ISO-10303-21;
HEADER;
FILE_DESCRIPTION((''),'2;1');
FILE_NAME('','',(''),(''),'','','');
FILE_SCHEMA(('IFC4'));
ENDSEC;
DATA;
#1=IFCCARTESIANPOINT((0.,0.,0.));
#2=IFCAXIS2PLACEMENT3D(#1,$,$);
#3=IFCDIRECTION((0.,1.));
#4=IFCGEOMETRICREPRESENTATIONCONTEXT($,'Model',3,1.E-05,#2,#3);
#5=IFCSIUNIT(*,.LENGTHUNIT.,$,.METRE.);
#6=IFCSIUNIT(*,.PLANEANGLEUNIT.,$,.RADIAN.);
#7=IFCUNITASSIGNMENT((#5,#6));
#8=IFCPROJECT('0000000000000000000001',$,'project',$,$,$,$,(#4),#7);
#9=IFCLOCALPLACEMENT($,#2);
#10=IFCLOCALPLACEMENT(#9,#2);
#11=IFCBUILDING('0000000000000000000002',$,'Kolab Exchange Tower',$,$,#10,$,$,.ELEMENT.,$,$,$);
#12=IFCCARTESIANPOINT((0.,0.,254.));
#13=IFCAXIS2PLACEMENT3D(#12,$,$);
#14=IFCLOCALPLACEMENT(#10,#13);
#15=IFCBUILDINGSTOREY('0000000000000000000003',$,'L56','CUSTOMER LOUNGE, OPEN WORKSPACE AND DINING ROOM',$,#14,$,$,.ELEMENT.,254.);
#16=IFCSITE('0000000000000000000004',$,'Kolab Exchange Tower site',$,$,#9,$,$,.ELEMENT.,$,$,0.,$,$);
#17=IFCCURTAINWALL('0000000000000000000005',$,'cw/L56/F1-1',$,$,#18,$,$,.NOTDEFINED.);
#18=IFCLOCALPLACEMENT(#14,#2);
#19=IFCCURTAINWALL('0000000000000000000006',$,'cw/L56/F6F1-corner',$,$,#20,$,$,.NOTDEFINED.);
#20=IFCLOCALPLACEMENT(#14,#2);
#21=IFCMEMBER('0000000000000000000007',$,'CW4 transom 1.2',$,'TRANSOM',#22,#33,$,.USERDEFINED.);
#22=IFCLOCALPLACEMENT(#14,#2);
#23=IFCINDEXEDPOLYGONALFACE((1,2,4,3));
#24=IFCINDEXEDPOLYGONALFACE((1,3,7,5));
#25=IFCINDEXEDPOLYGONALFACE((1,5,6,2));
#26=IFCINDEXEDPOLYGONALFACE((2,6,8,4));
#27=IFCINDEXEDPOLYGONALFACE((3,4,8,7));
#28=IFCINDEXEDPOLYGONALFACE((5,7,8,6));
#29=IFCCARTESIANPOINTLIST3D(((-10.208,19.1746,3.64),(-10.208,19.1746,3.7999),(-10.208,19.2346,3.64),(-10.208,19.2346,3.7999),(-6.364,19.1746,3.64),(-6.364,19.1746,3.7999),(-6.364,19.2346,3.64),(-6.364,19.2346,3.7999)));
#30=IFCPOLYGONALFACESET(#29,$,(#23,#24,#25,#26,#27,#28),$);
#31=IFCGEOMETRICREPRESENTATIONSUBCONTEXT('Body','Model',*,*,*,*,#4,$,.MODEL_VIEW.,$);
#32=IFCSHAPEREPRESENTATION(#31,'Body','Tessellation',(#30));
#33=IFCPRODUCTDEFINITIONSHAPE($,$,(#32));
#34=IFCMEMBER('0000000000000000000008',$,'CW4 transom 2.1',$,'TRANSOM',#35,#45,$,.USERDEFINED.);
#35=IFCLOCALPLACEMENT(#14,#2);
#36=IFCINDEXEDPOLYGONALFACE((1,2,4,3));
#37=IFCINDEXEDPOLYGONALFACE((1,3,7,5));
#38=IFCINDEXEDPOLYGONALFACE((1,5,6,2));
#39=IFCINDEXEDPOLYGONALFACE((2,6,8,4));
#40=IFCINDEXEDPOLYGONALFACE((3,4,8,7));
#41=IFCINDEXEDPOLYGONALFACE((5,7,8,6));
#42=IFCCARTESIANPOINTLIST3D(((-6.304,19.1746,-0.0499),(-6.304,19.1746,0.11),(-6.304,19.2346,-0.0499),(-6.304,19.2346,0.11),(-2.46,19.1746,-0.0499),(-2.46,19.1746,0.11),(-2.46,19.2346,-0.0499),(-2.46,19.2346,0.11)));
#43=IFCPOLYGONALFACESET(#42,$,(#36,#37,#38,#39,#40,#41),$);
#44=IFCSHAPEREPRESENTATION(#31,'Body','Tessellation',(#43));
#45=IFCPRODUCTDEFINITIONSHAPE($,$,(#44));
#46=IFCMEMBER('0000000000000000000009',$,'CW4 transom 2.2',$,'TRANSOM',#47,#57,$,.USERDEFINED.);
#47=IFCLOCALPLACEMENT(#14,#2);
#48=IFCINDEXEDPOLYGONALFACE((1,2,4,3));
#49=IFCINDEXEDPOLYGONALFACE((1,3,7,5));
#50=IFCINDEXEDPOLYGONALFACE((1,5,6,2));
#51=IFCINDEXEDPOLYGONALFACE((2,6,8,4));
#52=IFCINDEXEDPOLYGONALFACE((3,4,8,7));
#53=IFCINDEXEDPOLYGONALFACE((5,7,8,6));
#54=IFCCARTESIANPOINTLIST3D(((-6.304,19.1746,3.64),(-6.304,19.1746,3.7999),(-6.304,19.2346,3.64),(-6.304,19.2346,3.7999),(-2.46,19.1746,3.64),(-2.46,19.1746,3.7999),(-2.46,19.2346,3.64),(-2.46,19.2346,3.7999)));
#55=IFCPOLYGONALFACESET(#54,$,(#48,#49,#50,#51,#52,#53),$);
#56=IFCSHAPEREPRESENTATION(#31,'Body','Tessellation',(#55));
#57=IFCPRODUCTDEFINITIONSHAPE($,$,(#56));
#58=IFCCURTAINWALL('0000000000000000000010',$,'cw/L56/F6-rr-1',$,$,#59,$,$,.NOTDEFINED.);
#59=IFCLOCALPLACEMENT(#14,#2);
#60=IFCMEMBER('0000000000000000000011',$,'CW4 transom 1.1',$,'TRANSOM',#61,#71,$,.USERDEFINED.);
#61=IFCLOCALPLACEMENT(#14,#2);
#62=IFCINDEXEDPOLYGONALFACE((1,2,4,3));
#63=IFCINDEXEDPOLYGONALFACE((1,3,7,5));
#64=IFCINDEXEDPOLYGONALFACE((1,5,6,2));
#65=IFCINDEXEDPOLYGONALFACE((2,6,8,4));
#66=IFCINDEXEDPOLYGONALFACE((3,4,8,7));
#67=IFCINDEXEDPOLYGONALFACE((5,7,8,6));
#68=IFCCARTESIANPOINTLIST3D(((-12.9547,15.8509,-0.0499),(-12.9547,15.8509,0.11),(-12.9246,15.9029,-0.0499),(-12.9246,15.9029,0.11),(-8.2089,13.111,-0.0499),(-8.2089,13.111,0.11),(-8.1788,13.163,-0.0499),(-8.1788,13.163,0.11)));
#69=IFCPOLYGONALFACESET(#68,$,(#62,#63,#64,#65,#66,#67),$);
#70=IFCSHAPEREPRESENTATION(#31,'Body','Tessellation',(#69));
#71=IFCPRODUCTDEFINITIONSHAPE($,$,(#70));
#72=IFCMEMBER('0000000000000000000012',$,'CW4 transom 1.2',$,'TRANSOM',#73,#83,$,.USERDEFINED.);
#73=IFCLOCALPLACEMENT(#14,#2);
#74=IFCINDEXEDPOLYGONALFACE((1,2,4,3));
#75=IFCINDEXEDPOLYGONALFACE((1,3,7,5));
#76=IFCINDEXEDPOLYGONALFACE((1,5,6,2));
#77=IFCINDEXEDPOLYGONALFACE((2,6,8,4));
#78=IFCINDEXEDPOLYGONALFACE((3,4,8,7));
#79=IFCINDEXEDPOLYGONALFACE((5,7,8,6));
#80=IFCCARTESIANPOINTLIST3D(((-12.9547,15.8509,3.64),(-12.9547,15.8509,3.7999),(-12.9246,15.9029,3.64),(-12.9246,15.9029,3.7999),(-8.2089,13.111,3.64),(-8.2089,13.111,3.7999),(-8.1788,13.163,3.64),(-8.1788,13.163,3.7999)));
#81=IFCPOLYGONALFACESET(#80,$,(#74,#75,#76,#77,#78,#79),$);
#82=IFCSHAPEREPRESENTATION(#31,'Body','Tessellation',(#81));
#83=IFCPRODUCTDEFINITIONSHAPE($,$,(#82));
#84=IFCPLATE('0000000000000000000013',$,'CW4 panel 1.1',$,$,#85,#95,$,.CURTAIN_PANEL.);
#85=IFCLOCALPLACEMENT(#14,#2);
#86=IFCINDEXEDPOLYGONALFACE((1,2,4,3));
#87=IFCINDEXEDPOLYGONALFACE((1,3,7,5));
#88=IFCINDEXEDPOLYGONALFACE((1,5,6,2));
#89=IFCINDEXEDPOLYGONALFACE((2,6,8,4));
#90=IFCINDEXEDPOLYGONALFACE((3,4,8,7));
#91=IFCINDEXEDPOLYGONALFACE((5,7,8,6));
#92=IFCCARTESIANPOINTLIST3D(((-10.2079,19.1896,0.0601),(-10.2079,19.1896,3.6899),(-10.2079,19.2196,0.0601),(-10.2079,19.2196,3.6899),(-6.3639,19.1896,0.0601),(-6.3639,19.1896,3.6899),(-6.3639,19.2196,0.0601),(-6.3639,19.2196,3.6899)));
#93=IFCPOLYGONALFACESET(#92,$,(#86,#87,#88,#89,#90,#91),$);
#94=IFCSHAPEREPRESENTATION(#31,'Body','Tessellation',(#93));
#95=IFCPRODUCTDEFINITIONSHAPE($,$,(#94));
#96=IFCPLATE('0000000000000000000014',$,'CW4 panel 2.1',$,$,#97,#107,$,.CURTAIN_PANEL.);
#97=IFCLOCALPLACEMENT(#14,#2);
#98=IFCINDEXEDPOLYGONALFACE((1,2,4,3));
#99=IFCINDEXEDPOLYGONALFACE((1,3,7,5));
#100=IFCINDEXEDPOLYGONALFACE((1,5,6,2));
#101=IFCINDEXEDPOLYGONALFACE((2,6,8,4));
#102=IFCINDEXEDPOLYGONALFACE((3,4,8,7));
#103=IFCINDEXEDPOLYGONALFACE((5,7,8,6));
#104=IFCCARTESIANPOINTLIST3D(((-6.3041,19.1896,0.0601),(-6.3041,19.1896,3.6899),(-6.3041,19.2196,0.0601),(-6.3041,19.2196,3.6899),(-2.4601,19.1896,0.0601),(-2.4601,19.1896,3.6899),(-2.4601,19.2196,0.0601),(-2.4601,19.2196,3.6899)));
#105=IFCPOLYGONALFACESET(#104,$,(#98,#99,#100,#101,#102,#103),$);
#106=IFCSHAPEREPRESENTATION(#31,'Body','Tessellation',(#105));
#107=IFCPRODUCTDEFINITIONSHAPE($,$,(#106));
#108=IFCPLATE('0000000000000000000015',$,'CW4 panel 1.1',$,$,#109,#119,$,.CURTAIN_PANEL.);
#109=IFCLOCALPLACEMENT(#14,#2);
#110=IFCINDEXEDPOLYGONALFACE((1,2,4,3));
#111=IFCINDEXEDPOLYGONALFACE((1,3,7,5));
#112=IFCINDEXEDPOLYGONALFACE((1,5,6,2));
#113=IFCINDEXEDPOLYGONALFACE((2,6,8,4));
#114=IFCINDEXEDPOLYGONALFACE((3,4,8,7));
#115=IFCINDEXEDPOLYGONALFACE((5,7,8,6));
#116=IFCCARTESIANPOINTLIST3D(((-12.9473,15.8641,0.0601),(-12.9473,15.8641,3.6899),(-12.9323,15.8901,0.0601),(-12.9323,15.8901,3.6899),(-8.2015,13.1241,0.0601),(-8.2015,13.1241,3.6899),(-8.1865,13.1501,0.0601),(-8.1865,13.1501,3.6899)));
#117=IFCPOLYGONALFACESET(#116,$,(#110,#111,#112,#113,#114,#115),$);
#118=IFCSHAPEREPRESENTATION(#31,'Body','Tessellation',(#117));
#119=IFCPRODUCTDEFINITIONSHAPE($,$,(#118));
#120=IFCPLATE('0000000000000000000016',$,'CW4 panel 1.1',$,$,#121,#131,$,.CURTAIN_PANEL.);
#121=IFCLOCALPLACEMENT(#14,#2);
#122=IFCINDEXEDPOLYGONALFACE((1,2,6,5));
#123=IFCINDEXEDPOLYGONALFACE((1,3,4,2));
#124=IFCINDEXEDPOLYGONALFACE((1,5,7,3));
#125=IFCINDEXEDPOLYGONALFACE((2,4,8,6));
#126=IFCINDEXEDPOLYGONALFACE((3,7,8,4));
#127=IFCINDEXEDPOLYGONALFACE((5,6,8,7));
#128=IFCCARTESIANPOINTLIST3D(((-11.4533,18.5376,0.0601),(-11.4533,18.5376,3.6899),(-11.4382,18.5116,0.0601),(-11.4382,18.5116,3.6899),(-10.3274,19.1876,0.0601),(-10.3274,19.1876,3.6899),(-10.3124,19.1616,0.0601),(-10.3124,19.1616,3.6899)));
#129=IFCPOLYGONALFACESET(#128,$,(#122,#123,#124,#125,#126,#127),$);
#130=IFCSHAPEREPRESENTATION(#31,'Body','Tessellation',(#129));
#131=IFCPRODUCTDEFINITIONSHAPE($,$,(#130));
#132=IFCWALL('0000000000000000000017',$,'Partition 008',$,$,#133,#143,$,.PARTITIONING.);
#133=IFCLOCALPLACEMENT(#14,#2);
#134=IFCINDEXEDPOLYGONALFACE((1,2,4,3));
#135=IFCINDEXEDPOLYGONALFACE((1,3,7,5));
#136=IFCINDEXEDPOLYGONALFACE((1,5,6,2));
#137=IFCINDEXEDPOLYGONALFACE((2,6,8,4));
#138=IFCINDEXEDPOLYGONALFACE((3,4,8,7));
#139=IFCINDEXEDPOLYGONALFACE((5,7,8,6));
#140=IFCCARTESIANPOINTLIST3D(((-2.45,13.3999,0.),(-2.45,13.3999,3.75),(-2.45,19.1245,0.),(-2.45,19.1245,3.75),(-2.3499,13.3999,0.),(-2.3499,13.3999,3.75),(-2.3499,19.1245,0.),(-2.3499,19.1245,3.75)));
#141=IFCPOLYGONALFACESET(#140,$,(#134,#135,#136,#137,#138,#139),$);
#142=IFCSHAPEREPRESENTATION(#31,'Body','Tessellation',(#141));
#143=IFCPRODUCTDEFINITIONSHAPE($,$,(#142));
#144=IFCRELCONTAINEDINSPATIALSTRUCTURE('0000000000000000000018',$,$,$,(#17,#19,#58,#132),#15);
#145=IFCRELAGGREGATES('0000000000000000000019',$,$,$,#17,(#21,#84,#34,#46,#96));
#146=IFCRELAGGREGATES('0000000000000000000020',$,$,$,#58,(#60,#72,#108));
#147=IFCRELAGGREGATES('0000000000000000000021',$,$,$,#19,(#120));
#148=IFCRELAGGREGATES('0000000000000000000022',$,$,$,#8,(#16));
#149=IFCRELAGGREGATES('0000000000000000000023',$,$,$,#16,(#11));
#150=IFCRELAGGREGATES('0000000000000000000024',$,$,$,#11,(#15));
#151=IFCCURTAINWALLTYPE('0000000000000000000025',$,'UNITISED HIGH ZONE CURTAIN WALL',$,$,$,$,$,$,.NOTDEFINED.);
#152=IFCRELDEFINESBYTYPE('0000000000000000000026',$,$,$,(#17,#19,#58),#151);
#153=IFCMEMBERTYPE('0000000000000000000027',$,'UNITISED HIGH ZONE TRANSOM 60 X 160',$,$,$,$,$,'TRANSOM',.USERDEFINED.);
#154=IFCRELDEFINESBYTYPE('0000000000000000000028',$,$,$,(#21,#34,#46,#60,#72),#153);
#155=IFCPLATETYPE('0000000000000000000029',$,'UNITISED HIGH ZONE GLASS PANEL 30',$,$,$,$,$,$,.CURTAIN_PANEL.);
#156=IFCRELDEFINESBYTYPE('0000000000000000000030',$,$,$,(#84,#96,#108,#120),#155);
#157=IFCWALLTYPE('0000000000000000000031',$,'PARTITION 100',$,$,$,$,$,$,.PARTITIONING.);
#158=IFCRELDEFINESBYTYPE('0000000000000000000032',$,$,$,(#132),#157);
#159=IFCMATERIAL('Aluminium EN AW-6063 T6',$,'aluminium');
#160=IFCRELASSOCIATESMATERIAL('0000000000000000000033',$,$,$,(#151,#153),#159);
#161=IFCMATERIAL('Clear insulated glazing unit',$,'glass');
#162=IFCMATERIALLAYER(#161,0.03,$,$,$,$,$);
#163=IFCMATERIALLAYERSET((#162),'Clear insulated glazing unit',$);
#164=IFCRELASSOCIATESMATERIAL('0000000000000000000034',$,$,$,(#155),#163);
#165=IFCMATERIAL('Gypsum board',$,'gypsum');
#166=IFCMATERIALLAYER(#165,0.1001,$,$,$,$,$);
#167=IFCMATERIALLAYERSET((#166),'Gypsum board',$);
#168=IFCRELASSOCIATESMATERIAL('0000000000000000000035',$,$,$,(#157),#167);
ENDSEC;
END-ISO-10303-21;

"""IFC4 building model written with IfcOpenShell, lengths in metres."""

from ifc_helpers import new_model, si_unit, direction, frame, frame_2d, origin, origin_2d, place, context, subcontext, project, spatial, rectangle, extrude, material, layer, layer_set, material_profile, profile_set, type_object, element, aggregate, save


model = new_model("IFC4")

# Units and contexts
model_context = context("Model", 3, precision=1e-05, world=origin(), true_north=direction((0.0, 1.0)))
body_context = subcontext(model_context, "Body", "Model", "MODEL_VIEW")
ifc_project = project(units=[si_unit("LENGTHUNIT", "METRE"), si_unit("PLANEANGLEUNIT", "RADIAN")], contexts=[model_context])

# Site, building, storey
site_placement = place(None, origin())
site = spatial("IfcSite", under=ifc_project, at=site_placement, Name="Kolab Exchange Tower site", CompositionType="ELEMENT", RefElevation=0.0)
building_placement = place(site_placement, origin())
building = spatial("IfcBuilding", under=site, at=building_placement, Name="Kolab Exchange Tower", CompositionType="ELEMENT")
storey_placement = place(building_placement, frame((0.0, 0.0, 254.0)))
storey = spatial("IfcBuildingStorey", under=building, at=storey_placement, Name="L56", Description="CUSTOMER LOUNGE, OPEN WORKSPACE AND DINING ROOM", CompositionType="ELEMENT", Elevation=254.0)

# Curtain wall
ifc_material_1 = material(Name="Aluminium EN AW-6063 T6", Category="aluminium")
curtain_wall_type = type_object("IfcCurtainWallType", Name="UNITISED HIGH ZONE CURTAIN WALL", PredefinedType="NOTDEFINED", material=ifc_material_1)
curtain_wall_1_placement = place(storey_placement, origin())
curtain_wall_1 = element("IfcCurtainWall", 1, at=curtain_wall_1_placement, inside=storey, type_object=curtain_wall_type, Name="cw/L56/F1-1", PredefinedType="NOTDEFINED")

# Curtain wall
curtain_wall_2_placement = place(storey_placement, origin())
curtain_wall_2 = element("IfcCurtainWall", 2, at=curtain_wall_2_placement, inside=storey, type_object=curtain_wall_type, Name="cw/L56/F6F1-corner", PredefinedType="NOTDEFINED")

# Members
ifc_material_profile_1 = material_profile(ifc_material_1, rectangle(XDim=0.0601, YDim=0.1599, at=origin_2d()), Name="RECT 60X160")
ifc_profile_set_1 = profile_set([ifc_material_profile_1], Name="Aluminium EN AW-6063 T6")
member_type_1 = type_object("IfcMemberType", Name="UNITISED HIGH ZONE TRANSOM 60 X 160", ElementType="TRANSOM", PredefinedType="USERDEFINED", material=ifc_profile_set_1)
member_1_placement = place(storey_placement, frame((-10.208, 19.2046, 3.72), z_axis=(1.0, 0.0, 0.0), x_axis=(0.0, 1.0, 0.0)))
member_1 = element("IfcMember", 3, at=member_1_placement, type_object=member_type_1, Name="CW4 transom 1.2", ObjectType="TRANSOM", PredefinedType="USERDEFINED", context=body_context, shape_type="SweptSolid", body=[
    extrude(rectangle(XDim=0.0601, YDim=0.1599, at=origin_2d()), origin(), (0.0, 0.0, 1.0), 3.844),
])
member_2_placement = place(storey_placement, frame((-6.304, 19.2046, 0.03), z_axis=(1.0, 0.0, 0.0), x_axis=(0.0, 1.0, 0.0)))
member_2 = element("IfcMember", 4, at=member_2_placement, type_object=member_type_1, Name="CW4 transom 2.1", ObjectType="TRANSOM", PredefinedType="USERDEFINED", context=body_context, shape_type="SweptSolid", body=[
    extrude(rectangle(XDim=0.0601, YDim=0.1599, at=origin_2d()), origin(), (0.0, 0.0, 1.0), 3.844),
])
member_3_placement = place(storey_placement, frame((-6.304, 19.2046, 3.72), z_axis=(1.0, 0.0, 0.0), x_axis=(0.0, 1.0, 0.0)))
member_3 = element("IfcMember", 5, at=member_3_placement, type_object=member_type_1, Name="CW4 transom 2.2", ObjectType="TRANSOM", PredefinedType="USERDEFINED", context=body_context, shape_type="SweptSolid", body=[
    extrude(rectangle(XDim=0.0601, YDim=0.1599, at=origin_2d()), origin(), (0.0, 0.0, 1.0), 3.844),
])

# Curtain wall, members
curtain_wall_3_placement = place(storey_placement, origin())
curtain_wall_3 = element("IfcCurtainWall", 6, at=curtain_wall_3_placement, inside=storey, type_object=curtain_wall_type, Name="cw/L56/F6-rr-1", PredefinedType="NOTDEFINED")
member_4_placement = place(storey_placement, frame((-8.1938, 13.137, 0.03), z_axis=(-0.866028, 0.499996, 0.0), x_axis=(-0.499996, -0.866028, 0.0)))
member_4 = element("IfcMember", 7, at=member_4_placement, type_object=member_type_1, Name="CW4 transom 1.1", ObjectType="TRANSOM", PredefinedType="USERDEFINED", context=body_context, shape_type="SweptSolid", body=[
    extrude(rectangle(XDim=0.0601, YDim=0.1599, at=origin_2d()), origin(), (0.0, 0.0, 1.0), 5.48),
])
member_5_placement = place(storey_placement, frame((-8.1938, 13.137, 3.72), z_axis=(-0.866028, 0.499996, 0.0), x_axis=(-0.499996, -0.866028, 0.0)))
member_5 = element("IfcMember", 8, at=member_5_placement, type_object=member_type_1, Name="CW4 transom 1.2", ObjectType="TRANSOM", PredefinedType="USERDEFINED", context=body_context, shape_type="SweptSolid", body=[
    extrude(rectangle(XDim=0.0601, YDim=0.1599, at=origin_2d()), origin(), (0.0, 0.0, 1.0), 5.48),
])

# Plates
ifc_material_2 = material(Name="Clear insulated glazing unit", Category="glass")
ifc_layer_1 = layer(ifc_material_2, 0.03)
ifc_layer_set_1 = layer_set([ifc_layer_1], Name="Clear insulated glazing unit")
plate_type = type_object("IfcPlateType", Name="UNITISED HIGH ZONE GLASS PANEL 30", PredefinedType="CURTAIN_PANEL", material=ifc_layer_set_1)
plate_1_placement = place(storey_placement, frame((-8.2859, 19.2046, 0.0601), z_axis=(0.0, 0.0, 1.0), x_axis=(1.0, 0.0, 0.0)))
plate_1 = element("IfcPlate", 9, at=plate_1_placement, type_object=plate_type, Name="CW4 panel 1.1", PredefinedType="CURTAIN_PANEL", context=body_context, shape_type="SweptSolid", body=[
    extrude(rectangle(XDim=3.844, YDim=0.03, at=origin_2d()), origin(), (0.0, 0.0, 1.0), 3.6299),
])
plate_2_placement = place(storey_placement, frame((-4.3821, 19.2046, 0.0601), z_axis=(0.0, 0.0, 1.0), x_axis=(1.0, 0.0, 0.0)))
plate_2 = element("IfcPlate", 10, at=plate_2_placement, type_object=plate_type, Name="CW4 panel 2.1", PredefinedType="CURTAIN_PANEL", context=body_context, shape_type="SweptSolid", body=[
    extrude(rectangle(XDim=3.844, YDim=0.03, at=origin_2d()), origin(), (0.0, 0.0, 1.0), 3.6299),
])
aggregate(curtain_wall_1, [member_1, plate_1, member_2, member_3, plate_2])
plate_3_placement = place(storey_placement, frame((-10.5669, 14.5071, 0.0601), z_axis=(0.0, 0.0, 1.0), x_axis=(-0.866025, 0.5, 0.0)))
plate_3 = element("IfcPlate", 11, at=plate_3_placement, type_object=plate_type, Name="CW4 panel 1.1", PredefinedType="CURTAIN_PANEL", context=body_context, shape_type="SweptSolid", body=[
    extrude(rectangle(XDim=5.48, YDim=0.03, at=origin_2d()), origin(), (0.0, 0.0, 1.0), 3.6299),
])
aggregate(curtain_wall_3, [member_4, member_5, plate_3])
plate_4_placement = place(storey_placement, frame((-10.8828, 18.8496, 0.0601), z_axis=(0.0, 0.0, 1.0), x_axis=(0.866025, 0.5, 0.0)))
plate_4 = element("IfcPlate", 12, at=plate_4_placement, type_object=plate_type, Name="CW4 panel 1.1", PredefinedType="CURTAIN_PANEL", context=body_context, shape_type="SweptSolid", body=[
    extrude(rectangle(XDim=1.3, YDim=0.03, at=origin_2d()), origin(), (0.0, 0.0, 1.0), 3.6299),
])
aggregate(curtain_wall_2, [plate_4])

# Wall
ifc_material_3 = material(Name="Gypsum board", Category="gypsum")
ifc_layer_2 = layer(ifc_material_3, 0.1001)
ifc_layer_set_2 = layer_set([ifc_layer_2], Name="Gypsum board")
wall_type_1 = type_object("IfcWallType", Name="PARTITION 100", PredefinedType="PARTITIONING", material=ifc_layer_set_2)
wall_1_placement = place(storey_placement, frame((-2.3999, 13.3999, 0.0), z_axis=(0.0, 0.0, 1.0), x_axis=(0.0, 1.0, 0.0)))
element("IfcWall", 13, at=wall_1_placement, inside=storey, type_object=wall_type_1, Name="Partition 008", PredefinedType="PARTITIONING", context=body_context, shape_type="SweptSolid", body=[
    extrude(rectangle(XDim=5.7246, YDim=0.1001, at=frame_2d((2.8623, 0.0))), origin(), (0.0, 0.0, 1.0), 3.75),
])

save(model, "model.ifc")
